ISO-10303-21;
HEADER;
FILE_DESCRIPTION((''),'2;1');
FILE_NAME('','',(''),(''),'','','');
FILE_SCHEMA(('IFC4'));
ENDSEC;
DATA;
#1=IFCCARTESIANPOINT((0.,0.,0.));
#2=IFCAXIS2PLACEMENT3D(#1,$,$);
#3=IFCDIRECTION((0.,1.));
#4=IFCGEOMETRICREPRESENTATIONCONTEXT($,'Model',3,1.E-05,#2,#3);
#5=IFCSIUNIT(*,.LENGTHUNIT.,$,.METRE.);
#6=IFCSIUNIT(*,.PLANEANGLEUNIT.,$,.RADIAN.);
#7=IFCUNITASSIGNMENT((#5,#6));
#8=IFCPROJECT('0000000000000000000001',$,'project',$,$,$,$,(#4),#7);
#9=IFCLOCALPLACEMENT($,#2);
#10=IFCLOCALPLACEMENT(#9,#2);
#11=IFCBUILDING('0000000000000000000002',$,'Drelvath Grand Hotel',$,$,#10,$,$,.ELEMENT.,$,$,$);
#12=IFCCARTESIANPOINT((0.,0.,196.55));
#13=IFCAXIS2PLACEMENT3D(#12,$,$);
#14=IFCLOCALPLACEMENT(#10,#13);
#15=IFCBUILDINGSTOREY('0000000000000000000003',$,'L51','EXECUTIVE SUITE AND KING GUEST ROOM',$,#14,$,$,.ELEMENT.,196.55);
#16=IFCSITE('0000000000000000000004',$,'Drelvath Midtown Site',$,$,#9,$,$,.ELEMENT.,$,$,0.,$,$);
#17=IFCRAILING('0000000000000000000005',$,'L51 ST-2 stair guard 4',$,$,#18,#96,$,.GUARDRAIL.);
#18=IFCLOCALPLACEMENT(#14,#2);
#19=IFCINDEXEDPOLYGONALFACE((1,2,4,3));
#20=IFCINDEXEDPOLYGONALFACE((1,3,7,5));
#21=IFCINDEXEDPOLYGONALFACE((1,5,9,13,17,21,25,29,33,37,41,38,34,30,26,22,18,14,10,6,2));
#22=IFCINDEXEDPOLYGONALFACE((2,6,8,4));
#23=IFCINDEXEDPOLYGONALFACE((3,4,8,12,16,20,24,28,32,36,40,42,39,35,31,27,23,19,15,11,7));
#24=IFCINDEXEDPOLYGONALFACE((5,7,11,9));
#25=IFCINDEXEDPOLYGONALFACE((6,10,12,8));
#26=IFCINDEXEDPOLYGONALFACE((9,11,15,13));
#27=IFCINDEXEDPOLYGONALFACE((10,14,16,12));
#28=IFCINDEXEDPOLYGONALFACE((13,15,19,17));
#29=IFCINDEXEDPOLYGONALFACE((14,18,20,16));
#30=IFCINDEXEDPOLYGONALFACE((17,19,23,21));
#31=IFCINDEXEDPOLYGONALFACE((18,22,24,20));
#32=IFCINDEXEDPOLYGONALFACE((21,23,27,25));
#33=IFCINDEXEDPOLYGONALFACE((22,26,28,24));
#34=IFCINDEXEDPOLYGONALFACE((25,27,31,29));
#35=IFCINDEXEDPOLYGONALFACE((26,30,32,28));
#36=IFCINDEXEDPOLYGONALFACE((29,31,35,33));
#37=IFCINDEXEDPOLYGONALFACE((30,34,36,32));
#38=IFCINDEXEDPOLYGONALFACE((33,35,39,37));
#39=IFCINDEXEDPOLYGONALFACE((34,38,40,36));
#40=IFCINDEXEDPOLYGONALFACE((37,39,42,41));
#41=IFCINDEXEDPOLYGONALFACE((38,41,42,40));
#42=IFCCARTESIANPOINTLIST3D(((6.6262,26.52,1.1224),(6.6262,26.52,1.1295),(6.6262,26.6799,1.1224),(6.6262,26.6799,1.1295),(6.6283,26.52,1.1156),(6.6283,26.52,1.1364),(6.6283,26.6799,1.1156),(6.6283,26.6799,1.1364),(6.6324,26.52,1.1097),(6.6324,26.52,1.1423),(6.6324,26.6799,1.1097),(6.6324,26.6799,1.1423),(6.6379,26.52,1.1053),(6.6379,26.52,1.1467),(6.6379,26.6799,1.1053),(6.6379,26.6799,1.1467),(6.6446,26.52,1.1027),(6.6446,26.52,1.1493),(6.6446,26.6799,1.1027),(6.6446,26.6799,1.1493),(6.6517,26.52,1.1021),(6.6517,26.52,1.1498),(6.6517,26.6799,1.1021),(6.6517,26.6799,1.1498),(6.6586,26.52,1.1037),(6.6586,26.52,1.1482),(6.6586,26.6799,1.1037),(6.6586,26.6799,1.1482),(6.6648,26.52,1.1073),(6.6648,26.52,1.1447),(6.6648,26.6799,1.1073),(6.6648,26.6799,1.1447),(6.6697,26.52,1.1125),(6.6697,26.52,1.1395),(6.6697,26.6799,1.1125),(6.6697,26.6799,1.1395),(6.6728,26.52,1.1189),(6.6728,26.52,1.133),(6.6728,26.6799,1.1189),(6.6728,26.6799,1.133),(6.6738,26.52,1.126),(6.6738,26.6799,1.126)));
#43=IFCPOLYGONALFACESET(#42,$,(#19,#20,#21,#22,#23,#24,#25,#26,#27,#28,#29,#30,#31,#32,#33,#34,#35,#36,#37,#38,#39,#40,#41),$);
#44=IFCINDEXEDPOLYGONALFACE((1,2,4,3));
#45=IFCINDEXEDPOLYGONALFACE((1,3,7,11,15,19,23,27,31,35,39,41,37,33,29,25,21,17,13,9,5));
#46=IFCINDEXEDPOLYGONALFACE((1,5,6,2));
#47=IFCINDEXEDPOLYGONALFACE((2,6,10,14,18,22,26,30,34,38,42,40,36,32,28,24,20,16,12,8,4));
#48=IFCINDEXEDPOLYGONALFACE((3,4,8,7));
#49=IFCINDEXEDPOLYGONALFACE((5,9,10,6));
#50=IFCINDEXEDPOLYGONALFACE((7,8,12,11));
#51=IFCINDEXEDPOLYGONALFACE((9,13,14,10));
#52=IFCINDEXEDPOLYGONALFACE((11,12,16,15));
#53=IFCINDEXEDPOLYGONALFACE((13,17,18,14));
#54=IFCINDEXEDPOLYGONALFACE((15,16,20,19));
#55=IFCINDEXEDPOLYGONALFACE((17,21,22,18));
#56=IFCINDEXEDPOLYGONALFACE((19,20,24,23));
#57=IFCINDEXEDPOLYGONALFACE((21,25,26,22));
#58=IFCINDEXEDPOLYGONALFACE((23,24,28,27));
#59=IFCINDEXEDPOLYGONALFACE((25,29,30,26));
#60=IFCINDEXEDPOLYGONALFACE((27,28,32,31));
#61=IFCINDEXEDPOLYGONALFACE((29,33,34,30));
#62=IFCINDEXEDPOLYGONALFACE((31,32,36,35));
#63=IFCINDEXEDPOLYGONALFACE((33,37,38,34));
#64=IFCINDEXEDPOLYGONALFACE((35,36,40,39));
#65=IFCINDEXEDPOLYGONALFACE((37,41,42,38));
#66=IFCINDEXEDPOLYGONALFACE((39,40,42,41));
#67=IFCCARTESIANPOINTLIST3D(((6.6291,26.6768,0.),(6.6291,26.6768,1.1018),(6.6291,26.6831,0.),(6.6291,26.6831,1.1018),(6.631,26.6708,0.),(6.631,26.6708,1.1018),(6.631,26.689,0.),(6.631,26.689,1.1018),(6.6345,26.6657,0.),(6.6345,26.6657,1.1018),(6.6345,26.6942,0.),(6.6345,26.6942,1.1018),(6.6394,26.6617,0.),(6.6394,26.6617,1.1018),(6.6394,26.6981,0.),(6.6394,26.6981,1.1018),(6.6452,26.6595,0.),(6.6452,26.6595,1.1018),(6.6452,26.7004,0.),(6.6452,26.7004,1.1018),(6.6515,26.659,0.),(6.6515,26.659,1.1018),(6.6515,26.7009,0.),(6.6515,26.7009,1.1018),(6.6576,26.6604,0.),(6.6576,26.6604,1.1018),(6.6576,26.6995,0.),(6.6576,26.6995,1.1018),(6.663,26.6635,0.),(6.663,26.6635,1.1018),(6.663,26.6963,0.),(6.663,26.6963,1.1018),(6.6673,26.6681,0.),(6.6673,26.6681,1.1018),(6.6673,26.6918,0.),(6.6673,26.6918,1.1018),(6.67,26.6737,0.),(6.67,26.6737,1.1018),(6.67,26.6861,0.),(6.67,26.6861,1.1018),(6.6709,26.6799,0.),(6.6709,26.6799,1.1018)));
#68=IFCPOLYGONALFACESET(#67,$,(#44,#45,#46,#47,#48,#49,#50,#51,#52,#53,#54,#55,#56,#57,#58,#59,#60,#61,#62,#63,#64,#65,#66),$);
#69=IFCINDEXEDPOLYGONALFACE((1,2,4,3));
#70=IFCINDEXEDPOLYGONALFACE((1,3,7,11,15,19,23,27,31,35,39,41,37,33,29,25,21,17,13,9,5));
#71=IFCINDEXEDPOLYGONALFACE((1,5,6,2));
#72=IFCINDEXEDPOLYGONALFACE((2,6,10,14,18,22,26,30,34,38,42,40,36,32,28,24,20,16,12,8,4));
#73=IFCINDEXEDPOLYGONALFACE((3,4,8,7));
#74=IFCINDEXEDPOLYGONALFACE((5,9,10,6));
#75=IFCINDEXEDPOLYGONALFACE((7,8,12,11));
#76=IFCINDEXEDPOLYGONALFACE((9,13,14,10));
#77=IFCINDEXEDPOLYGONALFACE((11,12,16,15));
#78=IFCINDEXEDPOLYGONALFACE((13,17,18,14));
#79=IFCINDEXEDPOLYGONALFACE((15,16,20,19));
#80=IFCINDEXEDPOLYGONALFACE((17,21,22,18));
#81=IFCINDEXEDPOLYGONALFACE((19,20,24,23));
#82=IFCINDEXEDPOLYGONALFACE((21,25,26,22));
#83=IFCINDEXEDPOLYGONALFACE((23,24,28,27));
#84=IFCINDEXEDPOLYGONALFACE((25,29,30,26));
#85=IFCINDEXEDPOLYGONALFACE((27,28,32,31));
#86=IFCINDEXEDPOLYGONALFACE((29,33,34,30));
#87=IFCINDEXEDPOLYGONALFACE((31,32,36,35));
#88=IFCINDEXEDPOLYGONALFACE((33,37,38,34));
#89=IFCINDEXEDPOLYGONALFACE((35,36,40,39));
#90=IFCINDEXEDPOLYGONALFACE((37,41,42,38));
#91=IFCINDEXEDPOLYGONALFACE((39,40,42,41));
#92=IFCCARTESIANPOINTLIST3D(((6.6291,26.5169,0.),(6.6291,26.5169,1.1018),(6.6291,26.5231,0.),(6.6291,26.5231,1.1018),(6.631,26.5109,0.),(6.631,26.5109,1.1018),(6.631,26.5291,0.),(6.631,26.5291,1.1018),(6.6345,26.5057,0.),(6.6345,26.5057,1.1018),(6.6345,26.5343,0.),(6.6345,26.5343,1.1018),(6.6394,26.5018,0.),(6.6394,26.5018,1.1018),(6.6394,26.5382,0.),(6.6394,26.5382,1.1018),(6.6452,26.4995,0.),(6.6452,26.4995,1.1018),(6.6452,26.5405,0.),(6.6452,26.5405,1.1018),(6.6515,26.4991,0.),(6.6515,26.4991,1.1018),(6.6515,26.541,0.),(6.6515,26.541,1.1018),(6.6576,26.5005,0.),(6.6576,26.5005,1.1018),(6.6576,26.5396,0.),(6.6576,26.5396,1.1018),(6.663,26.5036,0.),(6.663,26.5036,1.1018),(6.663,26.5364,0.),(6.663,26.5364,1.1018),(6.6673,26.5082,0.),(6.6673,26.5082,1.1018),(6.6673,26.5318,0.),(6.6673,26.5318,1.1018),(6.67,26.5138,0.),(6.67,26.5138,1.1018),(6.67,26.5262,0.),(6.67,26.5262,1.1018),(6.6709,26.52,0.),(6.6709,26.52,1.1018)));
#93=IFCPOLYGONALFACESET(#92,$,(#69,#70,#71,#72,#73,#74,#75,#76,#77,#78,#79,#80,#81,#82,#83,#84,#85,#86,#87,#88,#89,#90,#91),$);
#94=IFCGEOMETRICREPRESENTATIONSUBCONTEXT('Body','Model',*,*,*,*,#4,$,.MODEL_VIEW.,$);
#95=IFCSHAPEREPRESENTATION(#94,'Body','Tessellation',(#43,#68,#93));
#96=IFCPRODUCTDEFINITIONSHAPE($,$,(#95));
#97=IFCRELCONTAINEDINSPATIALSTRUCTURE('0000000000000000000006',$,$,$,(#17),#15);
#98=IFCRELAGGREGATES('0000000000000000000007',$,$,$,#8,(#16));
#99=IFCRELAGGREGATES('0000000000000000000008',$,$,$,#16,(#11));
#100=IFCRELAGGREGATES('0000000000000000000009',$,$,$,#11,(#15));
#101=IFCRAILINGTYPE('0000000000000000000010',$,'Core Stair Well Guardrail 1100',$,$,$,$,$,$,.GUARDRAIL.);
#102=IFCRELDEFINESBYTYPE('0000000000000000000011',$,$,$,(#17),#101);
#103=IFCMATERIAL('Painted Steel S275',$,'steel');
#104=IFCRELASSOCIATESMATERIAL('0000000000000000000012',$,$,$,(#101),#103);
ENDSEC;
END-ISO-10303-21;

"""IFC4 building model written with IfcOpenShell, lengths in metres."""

from ifc_helpers import new_model, si_unit, direction, frame, origin, origin_2d, place, context, subcontext, project, spatial, circle, extrude, material, type_object, element, save


model = new_model("IFC4")

# Units and contexts
model_context = context("Model", 3, precision=1e-05, world=origin(), true_north=direction((0.0, 1.0)))
body_context = subcontext(model_context, "Body", "Model", "MODEL_VIEW")
ifc_project = project(units=[si_unit("LENGTHUNIT", "METRE"), si_unit("PLANEANGLEUNIT", "RADIAN")], contexts=[model_context])

# Site, building, storey
site_placement = place(None, origin())
site = spatial("IfcSite", under=ifc_project, at=site_placement, Name="Drelvath Midtown Site", CompositionType="ELEMENT", RefElevation=0.0)
building_placement = place(site_placement, origin())
building = spatial("IfcBuilding", under=site, at=building_placement, Name="Drelvath Grand Hotel", CompositionType="ELEMENT")
storey_placement = place(building_placement, frame((0.0, 0.0, 196.55)))
storey = spatial("IfcBuildingStorey", under=building, at=storey_placement, Name="L51", Description="EXECUTIVE SUITE AND KING GUEST ROOM", CompositionType="ELEMENT", Elevation=196.55)

# Shared definitions
ifc_material_1 = material(Name="Painted Steel S275", Category="steel")

# Railing
railing_type_1 = type_object("IfcRailingType", Name="Core Stair Well Guardrail 1100", PredefinedType="GUARDRAIL", material=ifc_material_1)
railing_1_placement = place(storey_placement, frame((6.6499, 26.6799, 0.0)))
element("IfcRailing", 1, at=railing_1_placement, inside=storey, type_object=railing_type_1, Name="L51 ST-2 stair guard 4", PredefinedType="GUARDRAIL", context=body_context, shape_type="SweptSolid", body=[
    extrude(circle(Radius=0.0239, at=origin_2d()), frame((0.0, 0.0, 1.126), z_axis=(0.0, -1.0, 0.0), x_axis=(1.0, 0.0, 0.0)), (0.0, 0.0, 1.0), 0.1599),
    extrude(circle(Radius=0.021, at=origin_2d()), origin(), (0.0, 0.0, 1.0), 1.1018),
    extrude(circle(Radius=0.021, at=origin_2d()), frame((0.0, -0.1599, 0.0)), (0.0, 0.0, 1.0), 1.1018),
])

save(model, "model.ifc")
